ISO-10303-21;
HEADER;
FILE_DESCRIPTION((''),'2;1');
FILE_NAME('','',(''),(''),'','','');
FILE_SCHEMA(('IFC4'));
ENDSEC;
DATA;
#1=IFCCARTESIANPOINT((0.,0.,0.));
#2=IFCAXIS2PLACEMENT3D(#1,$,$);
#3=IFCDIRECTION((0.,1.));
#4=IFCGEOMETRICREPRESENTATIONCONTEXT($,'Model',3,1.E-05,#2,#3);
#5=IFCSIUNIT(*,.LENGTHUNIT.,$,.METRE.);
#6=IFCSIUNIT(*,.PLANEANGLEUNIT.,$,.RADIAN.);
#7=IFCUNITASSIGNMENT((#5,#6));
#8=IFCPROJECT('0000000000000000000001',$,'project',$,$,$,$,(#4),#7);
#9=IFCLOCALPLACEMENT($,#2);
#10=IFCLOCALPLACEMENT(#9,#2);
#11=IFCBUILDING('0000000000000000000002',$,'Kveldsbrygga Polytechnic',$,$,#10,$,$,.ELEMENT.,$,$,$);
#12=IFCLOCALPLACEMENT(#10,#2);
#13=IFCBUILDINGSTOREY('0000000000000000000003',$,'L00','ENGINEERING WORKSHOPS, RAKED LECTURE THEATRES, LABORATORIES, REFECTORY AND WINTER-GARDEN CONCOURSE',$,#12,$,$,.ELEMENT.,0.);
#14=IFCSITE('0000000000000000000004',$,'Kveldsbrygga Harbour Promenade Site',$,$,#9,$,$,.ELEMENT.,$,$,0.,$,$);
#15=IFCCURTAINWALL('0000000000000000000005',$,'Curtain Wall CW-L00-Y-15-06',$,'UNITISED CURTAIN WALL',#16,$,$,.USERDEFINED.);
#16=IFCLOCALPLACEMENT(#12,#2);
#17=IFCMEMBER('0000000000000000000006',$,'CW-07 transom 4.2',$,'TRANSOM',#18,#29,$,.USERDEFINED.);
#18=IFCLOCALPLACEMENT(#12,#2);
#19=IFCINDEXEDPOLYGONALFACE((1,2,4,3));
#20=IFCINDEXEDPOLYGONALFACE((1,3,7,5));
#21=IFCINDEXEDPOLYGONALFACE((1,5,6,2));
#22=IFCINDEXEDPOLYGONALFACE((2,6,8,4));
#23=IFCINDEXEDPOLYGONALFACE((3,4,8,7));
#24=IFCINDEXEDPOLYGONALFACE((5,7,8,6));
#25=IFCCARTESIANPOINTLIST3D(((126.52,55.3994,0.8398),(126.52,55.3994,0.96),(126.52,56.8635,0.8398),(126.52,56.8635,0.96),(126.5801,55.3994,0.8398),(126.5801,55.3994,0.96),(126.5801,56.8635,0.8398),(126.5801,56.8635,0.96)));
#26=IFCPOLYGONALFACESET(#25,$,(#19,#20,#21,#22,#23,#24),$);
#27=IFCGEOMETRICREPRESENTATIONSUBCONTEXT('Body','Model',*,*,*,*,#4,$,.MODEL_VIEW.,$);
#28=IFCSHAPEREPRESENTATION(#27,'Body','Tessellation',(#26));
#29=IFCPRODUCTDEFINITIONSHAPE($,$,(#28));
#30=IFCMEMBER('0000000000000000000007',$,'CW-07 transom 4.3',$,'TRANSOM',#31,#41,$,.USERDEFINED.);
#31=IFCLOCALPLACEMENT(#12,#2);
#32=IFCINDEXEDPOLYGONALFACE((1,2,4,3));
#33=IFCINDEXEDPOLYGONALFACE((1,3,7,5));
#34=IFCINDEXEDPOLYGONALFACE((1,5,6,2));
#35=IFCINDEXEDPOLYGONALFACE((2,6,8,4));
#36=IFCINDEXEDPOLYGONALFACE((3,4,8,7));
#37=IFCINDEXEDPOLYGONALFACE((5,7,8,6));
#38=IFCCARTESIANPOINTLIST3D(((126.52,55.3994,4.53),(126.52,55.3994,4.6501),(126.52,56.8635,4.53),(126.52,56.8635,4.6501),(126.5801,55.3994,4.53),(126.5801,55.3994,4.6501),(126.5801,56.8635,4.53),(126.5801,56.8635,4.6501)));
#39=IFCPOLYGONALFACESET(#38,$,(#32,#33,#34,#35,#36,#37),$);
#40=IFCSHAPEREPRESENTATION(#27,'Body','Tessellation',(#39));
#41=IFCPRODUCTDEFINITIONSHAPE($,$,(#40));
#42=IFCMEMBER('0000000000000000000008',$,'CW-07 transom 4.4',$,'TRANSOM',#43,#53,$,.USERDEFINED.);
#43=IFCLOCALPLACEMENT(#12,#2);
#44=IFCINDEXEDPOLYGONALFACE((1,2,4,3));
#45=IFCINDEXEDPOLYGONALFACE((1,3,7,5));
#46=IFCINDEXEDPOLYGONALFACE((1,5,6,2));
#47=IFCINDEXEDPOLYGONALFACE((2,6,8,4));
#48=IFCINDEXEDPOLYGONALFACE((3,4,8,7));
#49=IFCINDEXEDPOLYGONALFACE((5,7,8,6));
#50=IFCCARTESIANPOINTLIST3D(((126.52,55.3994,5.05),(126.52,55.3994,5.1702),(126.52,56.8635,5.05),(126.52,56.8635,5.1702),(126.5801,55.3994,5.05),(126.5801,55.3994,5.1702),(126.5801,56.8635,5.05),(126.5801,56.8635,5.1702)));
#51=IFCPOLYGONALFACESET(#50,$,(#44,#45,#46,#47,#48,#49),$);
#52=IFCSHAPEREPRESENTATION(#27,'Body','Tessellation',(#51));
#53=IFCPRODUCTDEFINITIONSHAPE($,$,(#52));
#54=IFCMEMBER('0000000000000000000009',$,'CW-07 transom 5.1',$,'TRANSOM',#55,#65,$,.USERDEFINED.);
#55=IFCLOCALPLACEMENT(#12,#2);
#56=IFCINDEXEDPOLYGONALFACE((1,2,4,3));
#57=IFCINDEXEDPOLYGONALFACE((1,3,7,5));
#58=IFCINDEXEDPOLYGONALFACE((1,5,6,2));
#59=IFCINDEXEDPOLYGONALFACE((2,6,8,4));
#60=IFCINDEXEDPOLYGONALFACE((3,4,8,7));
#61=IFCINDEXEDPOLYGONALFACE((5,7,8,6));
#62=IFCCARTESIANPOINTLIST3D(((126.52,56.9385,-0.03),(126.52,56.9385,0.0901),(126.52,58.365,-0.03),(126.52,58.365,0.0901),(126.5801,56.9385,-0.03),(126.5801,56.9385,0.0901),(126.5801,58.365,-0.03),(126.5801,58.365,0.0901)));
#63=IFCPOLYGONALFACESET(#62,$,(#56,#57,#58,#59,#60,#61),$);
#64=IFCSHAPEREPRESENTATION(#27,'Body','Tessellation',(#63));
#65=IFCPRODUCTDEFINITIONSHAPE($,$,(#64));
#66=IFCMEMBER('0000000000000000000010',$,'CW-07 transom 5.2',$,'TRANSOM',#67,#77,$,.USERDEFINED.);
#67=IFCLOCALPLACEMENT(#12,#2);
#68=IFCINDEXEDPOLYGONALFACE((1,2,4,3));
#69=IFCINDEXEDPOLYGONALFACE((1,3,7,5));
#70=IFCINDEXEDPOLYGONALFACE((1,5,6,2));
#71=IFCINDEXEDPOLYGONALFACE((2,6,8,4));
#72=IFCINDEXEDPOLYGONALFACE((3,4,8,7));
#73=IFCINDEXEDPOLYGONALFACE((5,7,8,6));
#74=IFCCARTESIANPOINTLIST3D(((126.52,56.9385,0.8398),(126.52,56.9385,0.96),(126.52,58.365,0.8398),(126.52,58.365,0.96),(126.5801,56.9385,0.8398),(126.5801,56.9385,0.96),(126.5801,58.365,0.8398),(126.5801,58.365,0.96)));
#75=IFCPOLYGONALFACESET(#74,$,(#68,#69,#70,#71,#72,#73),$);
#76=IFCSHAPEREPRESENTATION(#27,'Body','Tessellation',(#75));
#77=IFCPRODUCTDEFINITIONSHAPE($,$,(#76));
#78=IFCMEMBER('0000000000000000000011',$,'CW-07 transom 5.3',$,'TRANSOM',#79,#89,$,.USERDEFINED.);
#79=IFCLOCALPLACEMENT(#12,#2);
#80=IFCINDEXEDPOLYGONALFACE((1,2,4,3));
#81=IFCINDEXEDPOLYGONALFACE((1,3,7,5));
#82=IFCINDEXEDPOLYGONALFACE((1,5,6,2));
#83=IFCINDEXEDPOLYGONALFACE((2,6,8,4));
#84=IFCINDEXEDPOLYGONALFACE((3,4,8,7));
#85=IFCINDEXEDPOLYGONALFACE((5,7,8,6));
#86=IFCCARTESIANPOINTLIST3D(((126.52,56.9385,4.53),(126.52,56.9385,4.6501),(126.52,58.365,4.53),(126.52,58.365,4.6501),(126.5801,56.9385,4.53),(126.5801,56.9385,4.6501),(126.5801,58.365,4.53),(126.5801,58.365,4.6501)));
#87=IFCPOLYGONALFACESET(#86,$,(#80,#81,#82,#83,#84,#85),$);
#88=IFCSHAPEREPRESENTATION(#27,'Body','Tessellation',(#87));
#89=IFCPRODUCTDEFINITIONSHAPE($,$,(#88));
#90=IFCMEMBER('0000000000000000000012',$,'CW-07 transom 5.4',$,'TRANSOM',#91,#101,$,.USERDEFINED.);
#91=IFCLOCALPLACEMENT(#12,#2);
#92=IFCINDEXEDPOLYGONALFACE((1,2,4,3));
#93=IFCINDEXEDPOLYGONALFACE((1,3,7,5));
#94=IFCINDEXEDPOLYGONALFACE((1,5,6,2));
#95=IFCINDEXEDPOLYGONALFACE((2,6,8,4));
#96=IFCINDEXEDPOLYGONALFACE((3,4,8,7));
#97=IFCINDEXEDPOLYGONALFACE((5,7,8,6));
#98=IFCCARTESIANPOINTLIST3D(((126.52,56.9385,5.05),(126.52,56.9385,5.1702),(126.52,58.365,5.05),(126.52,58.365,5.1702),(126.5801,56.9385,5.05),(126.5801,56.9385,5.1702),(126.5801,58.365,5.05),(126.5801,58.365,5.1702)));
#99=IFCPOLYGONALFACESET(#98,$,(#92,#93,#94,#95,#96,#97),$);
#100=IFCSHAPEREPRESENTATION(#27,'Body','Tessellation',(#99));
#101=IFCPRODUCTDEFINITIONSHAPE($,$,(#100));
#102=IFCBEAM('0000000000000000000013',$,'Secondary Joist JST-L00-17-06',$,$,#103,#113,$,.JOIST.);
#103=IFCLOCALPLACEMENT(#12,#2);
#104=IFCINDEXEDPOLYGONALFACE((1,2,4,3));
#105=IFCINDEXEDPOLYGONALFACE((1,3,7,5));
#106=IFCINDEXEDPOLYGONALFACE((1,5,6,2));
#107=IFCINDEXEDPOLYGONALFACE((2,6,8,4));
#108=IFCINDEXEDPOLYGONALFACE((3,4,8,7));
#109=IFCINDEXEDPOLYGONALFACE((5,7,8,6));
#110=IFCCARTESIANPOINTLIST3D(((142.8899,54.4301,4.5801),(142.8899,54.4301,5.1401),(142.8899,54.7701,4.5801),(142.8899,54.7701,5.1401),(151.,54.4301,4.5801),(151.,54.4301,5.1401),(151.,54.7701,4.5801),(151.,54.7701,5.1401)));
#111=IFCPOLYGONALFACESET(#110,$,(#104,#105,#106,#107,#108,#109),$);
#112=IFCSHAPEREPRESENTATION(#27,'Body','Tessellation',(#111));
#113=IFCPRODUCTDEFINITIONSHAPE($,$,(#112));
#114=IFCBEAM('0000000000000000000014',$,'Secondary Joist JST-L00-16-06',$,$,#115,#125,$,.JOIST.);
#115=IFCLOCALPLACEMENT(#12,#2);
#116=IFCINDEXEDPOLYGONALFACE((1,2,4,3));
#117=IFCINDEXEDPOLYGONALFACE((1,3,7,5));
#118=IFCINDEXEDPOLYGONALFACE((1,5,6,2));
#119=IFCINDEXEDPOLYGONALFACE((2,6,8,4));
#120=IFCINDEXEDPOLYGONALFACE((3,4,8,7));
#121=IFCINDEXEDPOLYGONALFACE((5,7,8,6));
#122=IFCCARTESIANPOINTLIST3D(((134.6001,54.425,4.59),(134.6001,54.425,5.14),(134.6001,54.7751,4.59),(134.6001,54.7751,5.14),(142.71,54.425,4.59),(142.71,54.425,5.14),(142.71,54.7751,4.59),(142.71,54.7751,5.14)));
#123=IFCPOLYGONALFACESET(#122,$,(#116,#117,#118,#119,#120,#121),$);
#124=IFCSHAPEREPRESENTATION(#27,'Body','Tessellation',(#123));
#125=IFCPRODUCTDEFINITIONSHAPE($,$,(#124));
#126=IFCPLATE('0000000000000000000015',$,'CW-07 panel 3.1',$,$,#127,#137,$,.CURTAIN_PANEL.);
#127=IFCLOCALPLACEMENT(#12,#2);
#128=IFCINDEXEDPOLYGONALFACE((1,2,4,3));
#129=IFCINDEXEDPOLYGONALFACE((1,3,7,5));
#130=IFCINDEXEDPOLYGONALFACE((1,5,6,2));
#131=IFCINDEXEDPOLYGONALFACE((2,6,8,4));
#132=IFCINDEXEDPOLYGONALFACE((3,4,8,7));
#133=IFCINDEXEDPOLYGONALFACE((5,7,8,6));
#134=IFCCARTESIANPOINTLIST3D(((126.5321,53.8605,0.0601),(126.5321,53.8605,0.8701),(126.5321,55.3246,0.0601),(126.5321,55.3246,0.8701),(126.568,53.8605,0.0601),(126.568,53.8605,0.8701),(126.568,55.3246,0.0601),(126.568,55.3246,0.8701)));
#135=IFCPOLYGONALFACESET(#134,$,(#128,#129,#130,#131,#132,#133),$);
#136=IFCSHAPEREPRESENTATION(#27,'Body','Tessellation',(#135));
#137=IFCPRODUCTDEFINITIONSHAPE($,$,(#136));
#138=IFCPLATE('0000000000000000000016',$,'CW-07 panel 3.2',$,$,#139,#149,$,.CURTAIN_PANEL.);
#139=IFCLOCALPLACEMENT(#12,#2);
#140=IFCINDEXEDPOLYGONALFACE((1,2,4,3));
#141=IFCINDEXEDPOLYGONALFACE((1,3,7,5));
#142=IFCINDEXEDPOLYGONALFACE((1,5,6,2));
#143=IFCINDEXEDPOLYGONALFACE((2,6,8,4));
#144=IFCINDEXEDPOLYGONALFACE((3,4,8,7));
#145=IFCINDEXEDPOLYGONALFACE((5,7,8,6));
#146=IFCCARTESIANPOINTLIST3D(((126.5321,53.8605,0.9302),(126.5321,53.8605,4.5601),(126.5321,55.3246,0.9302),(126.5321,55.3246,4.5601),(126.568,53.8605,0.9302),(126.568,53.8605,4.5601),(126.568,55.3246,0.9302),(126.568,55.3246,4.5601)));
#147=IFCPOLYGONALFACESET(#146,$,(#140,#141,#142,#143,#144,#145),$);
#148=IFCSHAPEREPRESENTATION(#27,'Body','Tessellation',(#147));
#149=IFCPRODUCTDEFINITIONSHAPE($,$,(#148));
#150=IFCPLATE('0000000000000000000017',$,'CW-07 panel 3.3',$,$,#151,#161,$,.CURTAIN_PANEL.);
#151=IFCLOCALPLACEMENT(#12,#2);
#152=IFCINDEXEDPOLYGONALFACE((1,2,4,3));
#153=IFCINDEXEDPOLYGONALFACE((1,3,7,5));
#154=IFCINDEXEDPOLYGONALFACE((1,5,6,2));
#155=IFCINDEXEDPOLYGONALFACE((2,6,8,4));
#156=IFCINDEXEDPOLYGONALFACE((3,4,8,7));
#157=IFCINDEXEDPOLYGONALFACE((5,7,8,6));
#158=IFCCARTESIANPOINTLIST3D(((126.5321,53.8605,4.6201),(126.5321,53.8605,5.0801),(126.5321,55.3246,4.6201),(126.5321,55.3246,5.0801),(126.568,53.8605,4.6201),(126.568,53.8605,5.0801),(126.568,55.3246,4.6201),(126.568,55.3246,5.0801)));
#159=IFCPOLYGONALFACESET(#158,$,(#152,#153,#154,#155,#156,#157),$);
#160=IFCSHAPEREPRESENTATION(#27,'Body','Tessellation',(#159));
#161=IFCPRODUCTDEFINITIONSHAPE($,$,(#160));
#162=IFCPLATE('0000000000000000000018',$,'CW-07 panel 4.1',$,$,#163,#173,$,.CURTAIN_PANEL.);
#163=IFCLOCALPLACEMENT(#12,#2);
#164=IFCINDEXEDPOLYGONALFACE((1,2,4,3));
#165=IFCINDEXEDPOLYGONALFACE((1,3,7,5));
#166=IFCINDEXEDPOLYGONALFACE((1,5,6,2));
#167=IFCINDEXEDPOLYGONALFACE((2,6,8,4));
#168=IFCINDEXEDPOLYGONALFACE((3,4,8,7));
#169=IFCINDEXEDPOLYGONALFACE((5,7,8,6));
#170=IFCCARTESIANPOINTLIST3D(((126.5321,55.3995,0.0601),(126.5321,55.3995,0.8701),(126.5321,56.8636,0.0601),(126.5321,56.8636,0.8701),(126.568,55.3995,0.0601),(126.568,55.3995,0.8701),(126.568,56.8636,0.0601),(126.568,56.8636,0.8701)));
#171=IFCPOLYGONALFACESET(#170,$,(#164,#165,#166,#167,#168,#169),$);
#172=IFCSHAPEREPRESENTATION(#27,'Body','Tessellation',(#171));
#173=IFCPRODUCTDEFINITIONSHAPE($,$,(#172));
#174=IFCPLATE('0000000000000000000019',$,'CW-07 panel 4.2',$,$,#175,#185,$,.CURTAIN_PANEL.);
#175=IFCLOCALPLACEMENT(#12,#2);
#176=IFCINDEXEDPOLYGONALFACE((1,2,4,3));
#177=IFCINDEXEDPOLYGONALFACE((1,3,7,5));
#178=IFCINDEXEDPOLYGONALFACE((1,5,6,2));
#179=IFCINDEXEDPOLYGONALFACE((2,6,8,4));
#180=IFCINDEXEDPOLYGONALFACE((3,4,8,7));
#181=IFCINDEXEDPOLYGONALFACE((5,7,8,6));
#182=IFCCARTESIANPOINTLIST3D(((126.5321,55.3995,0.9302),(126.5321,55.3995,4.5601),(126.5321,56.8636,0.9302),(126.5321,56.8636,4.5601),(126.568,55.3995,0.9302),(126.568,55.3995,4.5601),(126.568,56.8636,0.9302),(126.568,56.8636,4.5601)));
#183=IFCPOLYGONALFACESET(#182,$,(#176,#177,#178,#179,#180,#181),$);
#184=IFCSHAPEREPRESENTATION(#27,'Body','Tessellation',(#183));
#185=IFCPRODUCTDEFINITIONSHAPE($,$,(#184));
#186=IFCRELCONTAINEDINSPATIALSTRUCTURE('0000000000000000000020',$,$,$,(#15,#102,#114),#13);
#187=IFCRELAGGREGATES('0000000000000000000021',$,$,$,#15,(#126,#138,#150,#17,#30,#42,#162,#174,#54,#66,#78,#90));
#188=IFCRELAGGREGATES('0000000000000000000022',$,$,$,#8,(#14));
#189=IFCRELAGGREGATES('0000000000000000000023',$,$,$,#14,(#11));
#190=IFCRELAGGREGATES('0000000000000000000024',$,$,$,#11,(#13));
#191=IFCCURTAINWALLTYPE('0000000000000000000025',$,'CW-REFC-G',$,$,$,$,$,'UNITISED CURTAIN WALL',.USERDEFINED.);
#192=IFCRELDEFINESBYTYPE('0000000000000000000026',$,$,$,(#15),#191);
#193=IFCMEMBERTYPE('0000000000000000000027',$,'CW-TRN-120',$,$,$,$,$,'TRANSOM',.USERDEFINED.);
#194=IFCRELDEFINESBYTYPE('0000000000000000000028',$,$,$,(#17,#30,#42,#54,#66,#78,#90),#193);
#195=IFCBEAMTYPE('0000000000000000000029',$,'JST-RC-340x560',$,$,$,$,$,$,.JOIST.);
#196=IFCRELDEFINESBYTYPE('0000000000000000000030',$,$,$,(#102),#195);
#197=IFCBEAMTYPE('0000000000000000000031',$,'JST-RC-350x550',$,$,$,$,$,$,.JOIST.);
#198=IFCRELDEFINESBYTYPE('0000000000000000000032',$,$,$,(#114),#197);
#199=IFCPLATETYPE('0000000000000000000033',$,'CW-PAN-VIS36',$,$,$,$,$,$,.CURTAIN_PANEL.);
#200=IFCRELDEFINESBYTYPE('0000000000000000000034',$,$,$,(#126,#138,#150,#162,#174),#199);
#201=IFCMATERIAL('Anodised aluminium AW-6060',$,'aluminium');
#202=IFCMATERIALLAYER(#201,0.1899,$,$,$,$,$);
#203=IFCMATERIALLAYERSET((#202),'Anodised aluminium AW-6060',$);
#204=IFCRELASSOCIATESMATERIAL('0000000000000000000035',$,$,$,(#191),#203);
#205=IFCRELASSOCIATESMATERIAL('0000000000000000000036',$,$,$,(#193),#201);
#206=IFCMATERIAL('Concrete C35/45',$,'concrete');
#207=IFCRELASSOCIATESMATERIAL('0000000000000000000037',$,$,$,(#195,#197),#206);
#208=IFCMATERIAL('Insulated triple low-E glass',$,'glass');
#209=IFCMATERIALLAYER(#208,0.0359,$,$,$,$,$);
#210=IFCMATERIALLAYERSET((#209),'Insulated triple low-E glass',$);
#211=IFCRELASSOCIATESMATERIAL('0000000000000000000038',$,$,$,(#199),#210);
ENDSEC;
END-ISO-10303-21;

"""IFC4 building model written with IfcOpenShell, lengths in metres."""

from ifc_helpers import new_model, si_unit, direction, frame, origin, origin_2d, place, context, subcontext, project, spatial, rectangle, extrude, material, layer, layer_set, material_profile, profile_set, type_object, element, aggregate, save


model = new_model("IFC4")

# Units and contexts
model_context = context("Model", 3, precision=1e-05, world=origin(), true_north=direction((0.0, 1.0)))
body_context = subcontext(model_context, "Body", "Model", "MODEL_VIEW")
ifc_project = project(units=[si_unit("LENGTHUNIT", "METRE"), si_unit("PLANEANGLEUNIT", "RADIAN")], contexts=[model_context])

# Site, building, storey
site_placement = place(None, origin())
site = spatial("IfcSite", under=ifc_project, at=site_placement, Name="Kveldsbrygga Harbour Promenade Site", CompositionType="ELEMENT", RefElevation=0.0)
building_placement = place(site_placement, origin())
building = spatial("IfcBuilding", under=site, at=building_placement, Name="Kveldsbrygga Polytechnic", CompositionType="ELEMENT")
storey_placement = place(building_placement, origin())
storey = spatial("IfcBuildingStorey", under=building, at=storey_placement, Name="L00", Description="ENGINEERING WORKSHOPS, RAKED LECTURE THEATRES, LABORATORIES, REFECTORY AND WINTER-GARDEN CONCOURSE", CompositionType="ELEMENT", Elevation=0.0)

# Shared definitions
ifc_material_1 = material(Name="Concrete C35/45", Category="concrete")

# Curtain wall, members
ifc_material_2 = material(Name="Anodised aluminium AW-6060", Category="aluminium")
ifc_layer_1 = layer(ifc_material_2, 0.1899)
ifc_layer_set_1 = layer_set([ifc_layer_1], Name="Anodised aluminium AW-6060")
curtain_wall_type = type_object("IfcCurtainWallType", Name="CW-REFC-G", ElementType="UNITISED CURTAIN WALL", PredefinedType="USERDEFINED", material=ifc_layer_set_1)
curtain_wall_placement = place(storey_placement, origin())
curtain_wall = element("IfcCurtainWall", 1, at=curtain_wall_placement, inside=storey, type_object=curtain_wall_type, Name="Curtain Wall CW-L00-Y-15-06", ObjectType="UNITISED CURTAIN WALL", PredefinedType="USERDEFINED")
ifc_material_profile_1 = material_profile(ifc_material_2, rectangle(XDim=0.0601, YDim=0.1201, at=origin_2d()), Name="ALU 60x120")
ifc_profile_set_1 = profile_set([ifc_material_profile_1], Name="Anodised aluminium AW-6060")
member_type_1 = type_object("IfcMemberType", Name="CW-TRN-120", ElementType="TRANSOM", PredefinedType="USERDEFINED", material=ifc_profile_set_1)
member_1_placement = place(storey_placement, frame((126.55, 55.3994, 0.8999), z_axis=(0.0, 1.0, 0.0), x_axis=(-1.0, 0.0, 0.0)))
member_1 = element("IfcMember", 2, at=member_1_placement, type_object=member_type_1, Name="CW-07 transom 4.2", ObjectType="TRANSOM", PredefinedType="USERDEFINED", context=body_context, shape_type="SweptSolid", body=[
    extrude(rectangle(XDim=0.0601, YDim=0.1201, at=origin_2d()), origin(), (0.0, 0.0, 1.0), 1.4641),
])
member_2_placement = place(storey_placement, frame((126.55, 55.3994, 4.5901), z_axis=(0.0, 1.0, 0.0), x_axis=(-1.0, 0.0, 0.0)))
member_2 = element("IfcMember", 3, at=member_2_placement, type_object=member_type_1, Name="CW-07 transom 4.3", ObjectType="TRANSOM", PredefinedType="USERDEFINED", context=body_context, shape_type="SweptSolid", body=[
    extrude(rectangle(XDim=0.0601, YDim=0.1201, at=origin_2d()), origin(), (0.0, 0.0, 1.0), 1.4641),
])
member_3_placement = place(storey_placement, frame((126.55, 55.3994, 5.1101), z_axis=(0.0, 1.0, 0.0), x_axis=(-1.0, 0.0, 0.0)))
member_3 = element("IfcMember", 4, at=member_3_placement, type_object=member_type_1, Name="CW-07 transom 4.4", ObjectType="TRANSOM", PredefinedType="USERDEFINED", context=body_context, shape_type="SweptSolid", body=[
    extrude(rectangle(XDim=0.0601, YDim=0.1201, at=origin_2d()), origin(), (0.0, 0.0, 1.0), 1.4641),
])
member_4_placement = place(storey_placement, frame((126.55, 56.9385, 0.03), z_axis=(0.0, 1.0, 0.0), x_axis=(-1.0, 0.0, 0.0)))
member_4 = element("IfcMember", 5, at=member_4_placement, type_object=member_type_1, Name="CW-07 transom 5.1", ObjectType="TRANSOM", PredefinedType="USERDEFINED", context=body_context, shape_type="SweptSolid", body=[
    extrude(rectangle(XDim=0.0601, YDim=0.1201, at=origin_2d()), origin(), (0.0, 0.0, 1.0), 1.4265),
])
member_5_placement = place(storey_placement, frame((126.55, 56.9385, 0.8999), z_axis=(0.0, 1.0, 0.0), x_axis=(-1.0, 0.0, 0.0)))
member_5 = element("IfcMember", 6, at=member_5_placement, type_object=member_type_1, Name="CW-07 transom 5.2", ObjectType="TRANSOM", PredefinedType="USERDEFINED", context=body_context, shape_type="SweptSolid", body=[
    extrude(rectangle(XDim=0.0601, YDim=0.1201, at=origin_2d()), origin(), (0.0, 0.0, 1.0), 1.4265),
])
member_6_placement = place(storey_placement, frame((126.55, 56.9385, 4.5901), z_axis=(0.0, 1.0, 0.0), x_axis=(-1.0, 0.0, 0.0)))
member_6 = element("IfcMember", 7, at=member_6_placement, type_object=member_type_1, Name="CW-07 transom 5.3", ObjectType="TRANSOM", PredefinedType="USERDEFINED", context=body_context, shape_type="SweptSolid", body=[
    extrude(rectangle(XDim=0.0601, YDim=0.1201, at=origin_2d()), origin(), (0.0, 0.0, 1.0), 1.4265),
])
member_7_placement = place(storey_placement, frame((126.55, 56.9385, 5.1101), z_axis=(0.0, 1.0, 0.0), x_axis=(-1.0, 0.0, 0.0)))
member_7 = element("IfcMember", 8, at=member_7_placement, type_object=member_type_1, Name="CW-07 transom 5.4", ObjectType="TRANSOM", PredefinedType="USERDEFINED", context=body_context, shape_type="SweptSolid", body=[
    extrude(rectangle(XDim=0.0601, YDim=0.1201, at=origin_2d()), origin(), (0.0, 0.0, 1.0), 1.4265),
])

# Beams
ifc_material_profile_2 = material_profile(ifc_material_1, rectangle(XDim=0.3401, YDim=0.5601, at=origin_2d()), Name="RC 340x560")
ifc_profile_set_2 = profile_set([ifc_material_profile_2], Name="Concrete C35/45")
beam_type_1 = type_object("IfcBeamType", Name="JST-RC-340x560", PredefinedType="JOIST", material=ifc_profile_set_2)
beam_1_placement = place(storey_placement, frame((142.8899, 54.6001, 4.8601), z_axis=(1.0, 0.0, 0.0), x_axis=(0.0, 1.0, 0.0)))
element("IfcBeam", 9, at=beam_1_placement, inside=storey, type_object=beam_type_1, Name="Secondary Joist JST-L00-17-06", PredefinedType="JOIST", context=body_context, shape_type="SweptSolid", body=[
    extrude(rectangle(XDim=0.3401, YDim=0.5601, at=origin_2d()), origin(), (0.0, 0.0, 1.0), 8.1101),
])
ifc_material_profile_3 = material_profile(ifc_material_1, rectangle(XDim=0.3501, YDim=0.55, at=origin_2d()), Name="RC 350x550")
ifc_profile_set_3 = profile_set([ifc_material_profile_3], Name="Concrete C35/45")
beam_type_2 = type_object("IfcBeamType", Name="JST-RC-350x550", PredefinedType="JOIST", material=ifc_profile_set_3)
beam_2_placement = place(storey_placement, frame((134.6001, 54.6001, 4.865), z_axis=(1.0, 0.0, 0.0), x_axis=(0.0, 1.0, 0.0)))
element("IfcBeam", 10, at=beam_2_placement, inside=storey, type_object=beam_type_2, Name="Secondary Joist JST-L00-16-06", PredefinedType="JOIST", context=body_context, shape_type="SweptSolid", body=[
    extrude(rectangle(XDim=0.3501, YDim=0.55, at=origin_2d()), origin(), (0.0, 0.0, 1.0), 8.1099),
])

# Plates
ifc_material_3 = material(Name="Insulated triple low-E glass", Category="glass")
ifc_layer_2 = layer(ifc_material_3, 0.0359)
ifc_layer_set_2 = layer_set([ifc_layer_2], Name="Insulated triple low-E glass")
plate_type = type_object("IfcPlateType", Name="CW-PAN-VIS36", PredefinedType="CURTAIN_PANEL", material=ifc_layer_set_2)
plate_1_placement = place(storey_placement, frame((126.55, 54.5925, 0.0601), z_axis=(0.0, 0.0, 1.0), x_axis=(0.0, 1.0, 0.0)))
plate_1 = element("IfcPlate", 11, at=plate_1_placement, type_object=plate_type, Name="CW-07 panel 3.1", PredefinedType="CURTAIN_PANEL", context=body_context, shape_type="SweptSolid", body=[
    extrude(rectangle(XDim=1.4641, YDim=0.0359, at=origin_2d()), origin(), (0.0, 0.0, 1.0), 0.8101),
])
plate_2_placement = place(storey_placement, frame((126.55, 54.5925, 0.9302), z_axis=(0.0, 0.0, 1.0), x_axis=(0.0, 1.0, 0.0)))
plate_2 = element("IfcPlate", 12, at=plate_2_placement, type_object=plate_type, Name="CW-07 panel 3.2", PredefinedType="CURTAIN_PANEL", context=body_context, shape_type="SweptSolid", body=[
    extrude(rectangle(XDim=1.4641, YDim=0.0359, at=origin_2d()), origin(), (0.0, 0.0, 1.0), 3.6299),
])
plate_3_placement = place(storey_placement, frame((126.55, 54.5925, 4.6201), z_axis=(0.0, 0.0, 1.0), x_axis=(0.0, 1.0, 0.0)))
plate_3 = element("IfcPlate", 13, at=plate_3_placement, type_object=plate_type, Name="CW-07 panel 3.3", PredefinedType="CURTAIN_PANEL", context=body_context, shape_type="SweptSolid", body=[
    extrude(rectangle(XDim=1.4641, YDim=0.0359, at=origin_2d()), origin(), (0.0, 0.0, 1.0), 0.46),
])
plate_4_placement = place(storey_placement, frame((126.55, 56.1316, 0.0601), z_axis=(0.0, 0.0, 1.0), x_axis=(0.0, 1.0, 0.0)))
plate_4 = element("IfcPlate", 14, at=plate_4_placement, type_object=plate_type, Name="CW-07 panel 4.1", PredefinedType="CURTAIN_PANEL", context=body_context, shape_type="SweptSolid", body=[
    extrude(rectangle(XDim=1.4641, YDim=0.0359, at=origin_2d()), origin(), (0.0, 0.0, 1.0), 0.8101),
])
plate_5_placement = place(storey_placement, frame((126.55, 56.1316, 0.9302), z_axis=(0.0, 0.0, 1.0), x_axis=(0.0, 1.0, 0.0)))
plate_5 = element("IfcPlate", 15, at=plate_5_placement, type_object=plate_type, Name="CW-07 panel 4.2", PredefinedType="CURTAIN_PANEL", context=body_context, shape_type="SweptSolid", body=[
    extrude(rectangle(XDim=1.4641, YDim=0.0359, at=origin_2d()), origin(), (0.0, 0.0, 1.0), 3.6299),
])
aggregate(curtain_wall, [plate_1, plate_2, plate_3, member_1, member_2, member_3, plate_4, plate_5, member_4, member_5, member_6, member_7])

save(model, "model.ifc")
